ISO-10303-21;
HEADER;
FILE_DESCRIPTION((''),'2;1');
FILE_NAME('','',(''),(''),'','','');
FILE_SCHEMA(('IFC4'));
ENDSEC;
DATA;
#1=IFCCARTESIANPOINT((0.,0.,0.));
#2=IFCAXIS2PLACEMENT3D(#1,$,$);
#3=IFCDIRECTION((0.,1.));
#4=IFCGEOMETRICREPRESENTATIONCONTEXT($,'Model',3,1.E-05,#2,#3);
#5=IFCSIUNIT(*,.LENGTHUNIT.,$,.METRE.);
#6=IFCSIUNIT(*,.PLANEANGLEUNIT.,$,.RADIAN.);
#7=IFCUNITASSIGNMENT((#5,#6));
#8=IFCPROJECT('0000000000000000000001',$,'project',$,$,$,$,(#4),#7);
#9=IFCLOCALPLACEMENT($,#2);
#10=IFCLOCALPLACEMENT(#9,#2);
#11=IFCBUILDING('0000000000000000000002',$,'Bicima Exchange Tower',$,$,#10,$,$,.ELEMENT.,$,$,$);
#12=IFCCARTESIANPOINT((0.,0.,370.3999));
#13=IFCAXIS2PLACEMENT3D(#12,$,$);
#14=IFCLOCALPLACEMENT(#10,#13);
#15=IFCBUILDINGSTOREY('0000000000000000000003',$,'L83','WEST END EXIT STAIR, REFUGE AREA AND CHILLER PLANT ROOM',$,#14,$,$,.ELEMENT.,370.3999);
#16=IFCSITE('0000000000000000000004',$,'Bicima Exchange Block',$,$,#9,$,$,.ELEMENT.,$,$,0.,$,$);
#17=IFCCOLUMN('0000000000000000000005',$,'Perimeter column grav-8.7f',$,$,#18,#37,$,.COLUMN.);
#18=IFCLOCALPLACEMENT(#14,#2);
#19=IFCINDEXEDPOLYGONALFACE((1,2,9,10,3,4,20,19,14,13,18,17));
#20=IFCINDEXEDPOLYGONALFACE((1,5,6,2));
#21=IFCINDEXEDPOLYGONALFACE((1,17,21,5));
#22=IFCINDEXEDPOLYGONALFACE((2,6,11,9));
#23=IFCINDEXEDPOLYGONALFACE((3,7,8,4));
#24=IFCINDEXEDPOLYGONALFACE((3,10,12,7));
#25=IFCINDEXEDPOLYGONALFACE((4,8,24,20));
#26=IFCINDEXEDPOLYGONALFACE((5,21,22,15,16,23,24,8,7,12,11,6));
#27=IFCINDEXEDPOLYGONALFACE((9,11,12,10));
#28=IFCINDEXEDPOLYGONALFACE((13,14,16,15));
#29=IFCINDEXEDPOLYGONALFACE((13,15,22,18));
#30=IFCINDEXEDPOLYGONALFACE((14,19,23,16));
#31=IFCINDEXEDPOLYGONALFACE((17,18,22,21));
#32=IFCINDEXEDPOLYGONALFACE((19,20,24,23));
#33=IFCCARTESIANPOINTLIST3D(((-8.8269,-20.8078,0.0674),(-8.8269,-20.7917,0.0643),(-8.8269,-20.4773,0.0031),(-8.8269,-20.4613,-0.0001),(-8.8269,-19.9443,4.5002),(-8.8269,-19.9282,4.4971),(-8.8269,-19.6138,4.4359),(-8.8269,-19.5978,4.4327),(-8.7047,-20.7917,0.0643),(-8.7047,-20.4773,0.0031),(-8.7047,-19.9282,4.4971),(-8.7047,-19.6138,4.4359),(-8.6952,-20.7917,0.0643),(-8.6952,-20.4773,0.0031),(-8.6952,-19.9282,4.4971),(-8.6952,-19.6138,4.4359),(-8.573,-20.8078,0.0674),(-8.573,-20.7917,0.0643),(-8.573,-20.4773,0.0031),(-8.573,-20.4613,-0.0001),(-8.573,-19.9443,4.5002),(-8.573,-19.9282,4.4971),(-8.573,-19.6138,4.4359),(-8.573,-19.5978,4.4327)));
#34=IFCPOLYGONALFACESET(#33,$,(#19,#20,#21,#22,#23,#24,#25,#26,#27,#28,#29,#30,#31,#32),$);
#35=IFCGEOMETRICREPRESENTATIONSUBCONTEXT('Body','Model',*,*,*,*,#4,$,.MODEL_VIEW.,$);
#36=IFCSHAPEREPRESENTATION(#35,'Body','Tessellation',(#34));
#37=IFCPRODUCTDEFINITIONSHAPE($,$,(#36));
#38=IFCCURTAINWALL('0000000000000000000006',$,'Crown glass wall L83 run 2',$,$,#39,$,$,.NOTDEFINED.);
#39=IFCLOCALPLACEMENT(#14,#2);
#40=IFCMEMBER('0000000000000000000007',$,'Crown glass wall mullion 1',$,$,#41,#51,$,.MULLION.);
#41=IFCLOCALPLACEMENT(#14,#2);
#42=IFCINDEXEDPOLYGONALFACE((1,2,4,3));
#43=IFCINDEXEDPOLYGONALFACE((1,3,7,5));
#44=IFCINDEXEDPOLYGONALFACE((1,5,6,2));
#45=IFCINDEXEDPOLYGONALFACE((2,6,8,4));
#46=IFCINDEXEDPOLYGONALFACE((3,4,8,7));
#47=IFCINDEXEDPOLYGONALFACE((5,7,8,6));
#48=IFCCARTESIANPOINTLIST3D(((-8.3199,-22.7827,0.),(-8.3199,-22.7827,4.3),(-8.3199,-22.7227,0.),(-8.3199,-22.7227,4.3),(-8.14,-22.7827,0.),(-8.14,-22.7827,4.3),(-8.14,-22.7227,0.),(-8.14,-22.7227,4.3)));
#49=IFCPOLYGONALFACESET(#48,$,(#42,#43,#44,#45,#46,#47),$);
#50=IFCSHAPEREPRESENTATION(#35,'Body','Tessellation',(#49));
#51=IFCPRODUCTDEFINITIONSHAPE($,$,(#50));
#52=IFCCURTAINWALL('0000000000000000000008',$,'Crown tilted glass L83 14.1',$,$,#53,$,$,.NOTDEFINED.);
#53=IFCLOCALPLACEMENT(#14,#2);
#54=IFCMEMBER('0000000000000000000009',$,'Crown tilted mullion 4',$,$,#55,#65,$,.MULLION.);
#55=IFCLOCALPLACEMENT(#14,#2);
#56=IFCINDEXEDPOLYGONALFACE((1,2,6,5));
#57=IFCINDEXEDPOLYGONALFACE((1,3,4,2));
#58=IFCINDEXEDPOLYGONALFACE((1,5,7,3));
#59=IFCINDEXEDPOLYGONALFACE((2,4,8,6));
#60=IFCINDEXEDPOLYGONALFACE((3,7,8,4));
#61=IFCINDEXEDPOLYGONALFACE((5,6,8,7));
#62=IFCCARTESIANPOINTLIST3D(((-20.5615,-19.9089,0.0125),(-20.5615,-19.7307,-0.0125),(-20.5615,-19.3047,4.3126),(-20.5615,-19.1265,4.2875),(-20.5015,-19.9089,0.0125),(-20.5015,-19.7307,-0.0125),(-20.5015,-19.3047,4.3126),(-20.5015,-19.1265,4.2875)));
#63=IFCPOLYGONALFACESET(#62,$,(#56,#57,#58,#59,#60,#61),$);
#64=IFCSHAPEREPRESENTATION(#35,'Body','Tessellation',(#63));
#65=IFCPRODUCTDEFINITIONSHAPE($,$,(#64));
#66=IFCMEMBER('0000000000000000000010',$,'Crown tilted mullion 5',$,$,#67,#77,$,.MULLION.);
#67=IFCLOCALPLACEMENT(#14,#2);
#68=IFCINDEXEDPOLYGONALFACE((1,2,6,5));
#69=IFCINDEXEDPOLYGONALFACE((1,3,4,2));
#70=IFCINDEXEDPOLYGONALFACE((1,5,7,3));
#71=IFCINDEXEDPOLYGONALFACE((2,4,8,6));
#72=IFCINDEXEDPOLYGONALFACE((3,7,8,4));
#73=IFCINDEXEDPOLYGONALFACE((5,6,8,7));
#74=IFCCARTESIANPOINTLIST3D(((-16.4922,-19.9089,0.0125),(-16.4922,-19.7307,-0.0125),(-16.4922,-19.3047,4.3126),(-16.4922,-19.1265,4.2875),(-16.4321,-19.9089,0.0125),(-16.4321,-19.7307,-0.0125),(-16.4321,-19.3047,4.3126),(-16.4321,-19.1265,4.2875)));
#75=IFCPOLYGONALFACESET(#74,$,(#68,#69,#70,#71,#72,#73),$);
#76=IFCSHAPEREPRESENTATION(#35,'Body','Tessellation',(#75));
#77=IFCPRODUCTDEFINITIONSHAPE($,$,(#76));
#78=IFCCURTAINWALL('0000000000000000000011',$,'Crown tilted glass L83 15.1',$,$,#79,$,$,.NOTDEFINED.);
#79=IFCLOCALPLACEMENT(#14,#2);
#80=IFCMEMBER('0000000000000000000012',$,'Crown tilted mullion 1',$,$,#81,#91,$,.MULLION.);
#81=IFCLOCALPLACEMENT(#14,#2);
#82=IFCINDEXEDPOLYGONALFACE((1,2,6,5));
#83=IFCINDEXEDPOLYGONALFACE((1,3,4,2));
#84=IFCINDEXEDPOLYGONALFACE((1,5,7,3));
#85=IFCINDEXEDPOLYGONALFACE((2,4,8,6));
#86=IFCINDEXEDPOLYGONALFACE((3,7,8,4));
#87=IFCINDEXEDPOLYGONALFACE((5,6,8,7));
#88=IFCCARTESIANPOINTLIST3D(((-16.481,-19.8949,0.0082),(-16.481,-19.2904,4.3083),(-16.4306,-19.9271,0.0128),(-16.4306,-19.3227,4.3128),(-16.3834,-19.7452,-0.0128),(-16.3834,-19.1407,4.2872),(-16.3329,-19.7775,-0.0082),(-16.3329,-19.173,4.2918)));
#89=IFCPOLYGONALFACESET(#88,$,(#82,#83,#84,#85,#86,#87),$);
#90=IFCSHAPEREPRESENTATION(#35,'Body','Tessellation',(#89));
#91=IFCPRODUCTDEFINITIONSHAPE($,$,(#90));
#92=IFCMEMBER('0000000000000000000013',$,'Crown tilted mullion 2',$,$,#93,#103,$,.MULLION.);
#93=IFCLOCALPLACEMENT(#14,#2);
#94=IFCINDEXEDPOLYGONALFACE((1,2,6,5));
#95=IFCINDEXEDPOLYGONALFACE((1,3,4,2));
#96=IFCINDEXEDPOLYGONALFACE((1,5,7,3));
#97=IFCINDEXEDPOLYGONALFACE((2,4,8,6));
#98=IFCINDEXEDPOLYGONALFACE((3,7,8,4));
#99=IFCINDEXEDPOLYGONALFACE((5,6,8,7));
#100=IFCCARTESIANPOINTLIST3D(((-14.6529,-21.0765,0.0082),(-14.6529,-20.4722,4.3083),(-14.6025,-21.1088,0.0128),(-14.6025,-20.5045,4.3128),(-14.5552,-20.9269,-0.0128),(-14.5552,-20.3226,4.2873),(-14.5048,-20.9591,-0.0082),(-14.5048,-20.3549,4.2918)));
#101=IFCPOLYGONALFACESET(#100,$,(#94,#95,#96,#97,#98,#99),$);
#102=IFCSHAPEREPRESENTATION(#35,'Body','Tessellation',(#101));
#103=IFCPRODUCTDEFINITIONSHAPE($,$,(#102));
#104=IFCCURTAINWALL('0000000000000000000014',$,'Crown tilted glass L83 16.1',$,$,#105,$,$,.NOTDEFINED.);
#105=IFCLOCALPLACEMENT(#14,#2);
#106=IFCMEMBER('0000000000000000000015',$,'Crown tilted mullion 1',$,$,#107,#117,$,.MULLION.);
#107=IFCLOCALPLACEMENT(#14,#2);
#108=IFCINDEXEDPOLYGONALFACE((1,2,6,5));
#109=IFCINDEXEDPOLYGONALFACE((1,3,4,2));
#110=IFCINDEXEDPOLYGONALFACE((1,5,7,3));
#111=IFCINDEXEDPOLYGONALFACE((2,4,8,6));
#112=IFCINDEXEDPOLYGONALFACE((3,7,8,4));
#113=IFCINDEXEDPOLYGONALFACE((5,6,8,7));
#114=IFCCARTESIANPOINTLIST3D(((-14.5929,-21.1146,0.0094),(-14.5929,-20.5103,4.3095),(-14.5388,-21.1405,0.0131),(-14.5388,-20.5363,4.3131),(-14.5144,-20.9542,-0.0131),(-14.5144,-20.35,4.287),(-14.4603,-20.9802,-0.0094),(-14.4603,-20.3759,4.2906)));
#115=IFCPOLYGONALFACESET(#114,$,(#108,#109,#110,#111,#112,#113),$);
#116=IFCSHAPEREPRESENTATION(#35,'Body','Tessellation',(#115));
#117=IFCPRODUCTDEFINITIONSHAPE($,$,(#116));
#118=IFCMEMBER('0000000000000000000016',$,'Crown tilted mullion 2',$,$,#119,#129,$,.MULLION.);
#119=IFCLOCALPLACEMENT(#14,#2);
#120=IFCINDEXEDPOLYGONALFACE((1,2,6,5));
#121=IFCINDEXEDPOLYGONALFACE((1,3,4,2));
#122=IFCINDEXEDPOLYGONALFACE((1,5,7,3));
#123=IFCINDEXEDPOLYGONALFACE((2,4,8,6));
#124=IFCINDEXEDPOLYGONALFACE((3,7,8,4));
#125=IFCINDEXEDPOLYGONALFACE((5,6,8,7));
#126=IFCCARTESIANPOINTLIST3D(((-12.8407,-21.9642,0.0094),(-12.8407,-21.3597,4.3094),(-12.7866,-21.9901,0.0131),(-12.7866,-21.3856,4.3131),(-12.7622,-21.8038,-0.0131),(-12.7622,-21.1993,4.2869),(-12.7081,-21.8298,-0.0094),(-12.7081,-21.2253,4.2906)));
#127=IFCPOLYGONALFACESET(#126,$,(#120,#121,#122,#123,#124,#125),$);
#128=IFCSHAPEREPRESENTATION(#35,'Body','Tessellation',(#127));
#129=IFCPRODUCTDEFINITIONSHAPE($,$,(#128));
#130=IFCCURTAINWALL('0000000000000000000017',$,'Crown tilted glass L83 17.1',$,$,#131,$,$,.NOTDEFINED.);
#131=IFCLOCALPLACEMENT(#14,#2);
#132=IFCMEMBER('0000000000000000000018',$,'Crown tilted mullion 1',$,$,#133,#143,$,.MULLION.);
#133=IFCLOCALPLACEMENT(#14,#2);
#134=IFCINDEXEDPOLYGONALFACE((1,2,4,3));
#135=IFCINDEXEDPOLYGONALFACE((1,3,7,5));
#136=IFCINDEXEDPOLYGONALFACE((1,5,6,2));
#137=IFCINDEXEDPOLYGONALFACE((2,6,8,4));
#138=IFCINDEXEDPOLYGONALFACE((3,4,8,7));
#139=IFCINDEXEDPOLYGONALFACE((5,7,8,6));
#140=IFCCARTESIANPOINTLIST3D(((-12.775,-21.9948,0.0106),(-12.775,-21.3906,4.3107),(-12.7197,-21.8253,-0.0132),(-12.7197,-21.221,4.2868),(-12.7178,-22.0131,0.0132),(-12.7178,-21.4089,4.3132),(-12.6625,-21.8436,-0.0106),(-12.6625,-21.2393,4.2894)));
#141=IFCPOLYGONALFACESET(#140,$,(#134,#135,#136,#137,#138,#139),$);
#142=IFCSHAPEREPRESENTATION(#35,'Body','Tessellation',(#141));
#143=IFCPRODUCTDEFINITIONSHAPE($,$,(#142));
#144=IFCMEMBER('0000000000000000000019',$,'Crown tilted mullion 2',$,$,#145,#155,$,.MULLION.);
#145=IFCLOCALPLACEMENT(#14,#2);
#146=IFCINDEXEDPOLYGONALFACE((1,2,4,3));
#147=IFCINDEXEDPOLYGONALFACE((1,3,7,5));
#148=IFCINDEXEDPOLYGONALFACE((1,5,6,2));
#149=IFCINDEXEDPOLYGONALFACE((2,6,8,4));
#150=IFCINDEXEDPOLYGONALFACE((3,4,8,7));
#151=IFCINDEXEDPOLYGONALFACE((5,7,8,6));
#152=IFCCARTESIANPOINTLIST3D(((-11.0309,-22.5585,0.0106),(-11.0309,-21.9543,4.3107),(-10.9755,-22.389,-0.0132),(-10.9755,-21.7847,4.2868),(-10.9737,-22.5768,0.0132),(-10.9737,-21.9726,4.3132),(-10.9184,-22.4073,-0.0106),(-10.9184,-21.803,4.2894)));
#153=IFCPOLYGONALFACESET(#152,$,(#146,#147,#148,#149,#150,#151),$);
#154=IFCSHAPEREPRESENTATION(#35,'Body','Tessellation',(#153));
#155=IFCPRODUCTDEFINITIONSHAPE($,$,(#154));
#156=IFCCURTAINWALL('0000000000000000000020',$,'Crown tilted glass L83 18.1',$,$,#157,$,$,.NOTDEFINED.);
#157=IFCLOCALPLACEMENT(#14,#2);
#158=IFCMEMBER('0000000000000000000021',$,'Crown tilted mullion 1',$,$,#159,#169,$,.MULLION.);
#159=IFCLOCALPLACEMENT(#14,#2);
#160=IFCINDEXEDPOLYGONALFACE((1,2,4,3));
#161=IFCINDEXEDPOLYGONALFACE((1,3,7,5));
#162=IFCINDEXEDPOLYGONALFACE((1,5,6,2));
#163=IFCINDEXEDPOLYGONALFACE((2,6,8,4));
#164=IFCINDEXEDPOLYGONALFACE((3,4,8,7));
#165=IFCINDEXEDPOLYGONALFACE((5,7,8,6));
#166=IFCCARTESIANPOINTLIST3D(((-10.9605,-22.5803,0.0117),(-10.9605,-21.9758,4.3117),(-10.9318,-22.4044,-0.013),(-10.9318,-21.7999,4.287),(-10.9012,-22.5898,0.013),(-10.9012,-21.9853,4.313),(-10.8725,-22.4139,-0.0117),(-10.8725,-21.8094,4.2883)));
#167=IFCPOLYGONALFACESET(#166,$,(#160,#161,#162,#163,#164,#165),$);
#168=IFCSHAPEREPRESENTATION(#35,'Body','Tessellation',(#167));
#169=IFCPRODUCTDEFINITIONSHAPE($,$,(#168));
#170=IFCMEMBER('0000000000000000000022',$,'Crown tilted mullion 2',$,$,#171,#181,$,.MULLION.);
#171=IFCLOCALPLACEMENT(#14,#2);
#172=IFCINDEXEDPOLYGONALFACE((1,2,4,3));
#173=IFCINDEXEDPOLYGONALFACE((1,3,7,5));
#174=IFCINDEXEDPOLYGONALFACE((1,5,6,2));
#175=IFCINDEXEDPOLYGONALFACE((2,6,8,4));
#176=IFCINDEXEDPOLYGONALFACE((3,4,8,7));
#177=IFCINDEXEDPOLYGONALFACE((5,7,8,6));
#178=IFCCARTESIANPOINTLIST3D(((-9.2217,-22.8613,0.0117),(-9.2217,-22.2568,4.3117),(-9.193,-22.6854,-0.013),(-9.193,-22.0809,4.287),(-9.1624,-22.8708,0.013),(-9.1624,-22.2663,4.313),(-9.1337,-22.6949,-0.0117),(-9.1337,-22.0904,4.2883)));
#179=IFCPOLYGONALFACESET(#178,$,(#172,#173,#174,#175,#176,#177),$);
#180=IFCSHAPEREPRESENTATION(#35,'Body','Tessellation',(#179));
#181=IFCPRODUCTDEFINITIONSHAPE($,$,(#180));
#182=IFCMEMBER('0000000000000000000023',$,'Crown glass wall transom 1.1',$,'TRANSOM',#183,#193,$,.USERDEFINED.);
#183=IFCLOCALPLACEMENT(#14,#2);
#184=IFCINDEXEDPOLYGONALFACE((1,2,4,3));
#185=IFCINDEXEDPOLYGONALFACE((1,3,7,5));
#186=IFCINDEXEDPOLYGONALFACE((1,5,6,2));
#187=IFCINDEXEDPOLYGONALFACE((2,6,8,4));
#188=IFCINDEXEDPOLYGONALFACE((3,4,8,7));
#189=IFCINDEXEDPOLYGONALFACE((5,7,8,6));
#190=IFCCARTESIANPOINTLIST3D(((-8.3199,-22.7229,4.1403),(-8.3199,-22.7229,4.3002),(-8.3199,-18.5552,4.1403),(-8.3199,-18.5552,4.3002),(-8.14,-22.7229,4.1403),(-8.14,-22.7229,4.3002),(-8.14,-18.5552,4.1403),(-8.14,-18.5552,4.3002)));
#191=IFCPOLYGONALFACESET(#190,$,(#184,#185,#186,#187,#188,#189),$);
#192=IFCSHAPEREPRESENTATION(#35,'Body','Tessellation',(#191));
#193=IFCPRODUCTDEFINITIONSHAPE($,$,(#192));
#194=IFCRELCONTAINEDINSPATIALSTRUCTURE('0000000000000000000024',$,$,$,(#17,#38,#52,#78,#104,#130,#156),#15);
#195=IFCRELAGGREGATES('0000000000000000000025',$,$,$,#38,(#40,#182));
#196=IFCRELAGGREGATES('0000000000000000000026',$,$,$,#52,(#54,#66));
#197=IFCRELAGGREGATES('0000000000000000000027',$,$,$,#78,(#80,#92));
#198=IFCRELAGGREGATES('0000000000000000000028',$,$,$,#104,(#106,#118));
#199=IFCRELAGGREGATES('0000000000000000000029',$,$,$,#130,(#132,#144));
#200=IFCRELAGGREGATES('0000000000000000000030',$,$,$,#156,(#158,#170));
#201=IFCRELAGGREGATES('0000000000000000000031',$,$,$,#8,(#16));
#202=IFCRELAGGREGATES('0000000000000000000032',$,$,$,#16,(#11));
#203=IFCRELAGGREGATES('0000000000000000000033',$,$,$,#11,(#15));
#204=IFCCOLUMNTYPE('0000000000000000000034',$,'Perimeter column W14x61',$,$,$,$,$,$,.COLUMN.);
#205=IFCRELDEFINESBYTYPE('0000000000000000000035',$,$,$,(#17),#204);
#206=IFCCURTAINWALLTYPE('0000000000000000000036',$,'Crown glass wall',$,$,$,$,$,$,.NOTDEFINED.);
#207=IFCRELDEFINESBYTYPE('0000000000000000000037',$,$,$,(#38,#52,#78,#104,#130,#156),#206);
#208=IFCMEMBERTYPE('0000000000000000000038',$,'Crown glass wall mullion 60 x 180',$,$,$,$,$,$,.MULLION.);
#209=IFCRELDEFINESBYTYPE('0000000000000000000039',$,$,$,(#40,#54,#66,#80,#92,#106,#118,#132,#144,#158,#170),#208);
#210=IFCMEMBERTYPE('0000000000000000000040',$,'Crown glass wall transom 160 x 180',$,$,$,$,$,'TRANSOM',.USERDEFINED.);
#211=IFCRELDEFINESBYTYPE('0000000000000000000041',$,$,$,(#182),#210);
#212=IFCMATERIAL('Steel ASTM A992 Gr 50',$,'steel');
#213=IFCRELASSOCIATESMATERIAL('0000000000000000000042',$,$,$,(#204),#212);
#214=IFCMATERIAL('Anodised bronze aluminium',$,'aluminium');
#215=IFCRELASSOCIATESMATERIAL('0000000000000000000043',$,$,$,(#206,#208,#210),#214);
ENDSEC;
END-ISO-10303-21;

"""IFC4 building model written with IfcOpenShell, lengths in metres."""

from ifc_helpers import new_model, si_unit, direction, frame, origin, origin_2d, place, context, subcontext, project, spatial, rectangle, i_section, extrude, material, material_profile, profile_set, type_object, element, aggregate, save


model = new_model("IFC4")

# Units and contexts
model_context = context("Model", 3, precision=1e-05, world=origin(), true_north=direction((0.0, 1.0)))
body_context = subcontext(model_context, "Body", "Model", "MODEL_VIEW")
ifc_project = project(units=[si_unit("LENGTHUNIT", "METRE"), si_unit("PLANEANGLEUNIT", "RADIAN")], contexts=[model_context])

# Site, building, storey
site_placement = place(None, origin())
site = spatial("IfcSite", under=ifc_project, at=site_placement, Name="Bicima Exchange Block", CompositionType="ELEMENT", RefElevation=0.0)
building_placement = place(site_placement, origin())
building = spatial("IfcBuilding", under=site, at=building_placement, Name="Bicima Exchange Tower", CompositionType="ELEMENT")
storey_placement = place(building_placement, frame((0.0, 0.0, 370.3999)))
storey = spatial("IfcBuildingStorey", under=building, at=storey_placement, Name="L83", Description="WEST END EXIT STAIR, REFUGE AREA AND CHILLER PLANT ROOM", CompositionType="ELEMENT", Elevation=370.3999)

# Column
ifc_material_1 = material(Name="Steel ASTM A992 Gr 50", Category="steel")
ifc_material_profile_1 = material_profile(ifc_material_1, i_section(OverallWidth=0.2539, OverallDepth=0.353, WebThickness=0.0095, FlangeThickness=0.0164, at=origin_2d()))
ifc_profile_set_1 = profile_set([ifc_material_profile_1], Name="Steel ASTM A992 Gr 50")
column_type = type_object("IfcColumnType", Name="Perimeter column W14x61", PredefinedType="COLUMN", material=ifc_profile_set_1)
column_placement = place(storey_placement, frame((-8.7, -20.6345, 0.0337), z_axis=(0.0, 0.191207, 0.98155), x_axis=(-1.0, 0.0, 0.0)))
element("IfcColumn", 1, at=column_placement, inside=storey, type_object=column_type, Name="Perimeter column grav-8.7f", PredefinedType="COLUMN", context=body_context, shape_type="SweptSolid", body=[
    extrude(i_section(OverallWidth=0.2539, OverallDepth=0.353, WebThickness=0.0095, FlangeThickness=0.0164, at=origin_2d()), origin(), (0.0, 0.0, 1.0), 4.5161),
])

# Curtain wall, member
ifc_material_2 = material(Name="Anodised bronze aluminium", Category="aluminium")
curtain_wall_type = type_object("IfcCurtainWallType", Name="Crown glass wall", PredefinedType="NOTDEFINED", material=ifc_material_2)
curtain_wall_1_placement = place(storey_placement, origin())
curtain_wall_1 = element("IfcCurtainWall", 2, at=curtain_wall_1_placement, inside=storey, type_object=curtain_wall_type, Name="Crown glass wall L83 run 2", PredefinedType="NOTDEFINED")
ifc_material_profile_2 = material_profile(ifc_material_2, rectangle(XDim=0.1799, YDim=0.0601, at=origin_2d()))
ifc_profile_set_2 = profile_set([ifc_material_profile_2], Name="Anodised bronze aluminium")
member_type_1 = type_object("IfcMemberType", Name="Crown glass wall mullion 60 x 180", PredefinedType="MULLION", material=ifc_profile_set_2)
member_1_placement = place(storey_placement, frame((-8.23, -22.7527, 0.0), z_axis=(0.0, 0.0, 1.0), x_axis=(-1.0, 0.0, 0.0)))
member_1 = element("IfcMember", 3, at=member_1_placement, type_object=member_type_1, Name="Crown glass wall mullion 1", PredefinedType="MULLION", context=body_context, shape_type="SweptSolid", body=[
    extrude(rectangle(XDim=0.1799, YDim=0.0601, at=origin_2d()), origin(), (0.0, 0.0, 1.0), 4.3),
])

# Curtain walls, members
curtain_wall_2_placement = place(storey_placement, origin())
curtain_wall_2 = element("IfcCurtainWall", 4, at=curtain_wall_2_placement, inside=storey, type_object=curtain_wall_type, Name="Crown tilted glass L83 14.1", PredefinedType="NOTDEFINED")
member_2_placement = place(storey_placement, frame((-20.5315, -19.8198, 0.0), z_axis=(0.0, 0.139154, 0.990271), x_axis=(0.0, -0.990271, 0.139154)))
member_2 = element("IfcMember", 5, at=member_2_placement, type_object=member_type_1, Name="Crown tilted mullion 4", PredefinedType="MULLION", context=body_context, shape_type="SweptSolid", body=[
    extrude(rectangle(XDim=0.1799, YDim=0.0601, at=origin_2d()), origin(), (0.0, 0.0, 1.0), 4.3423),
])
member_3_placement = place(storey_placement, frame((-16.4622, -19.8198, 0.0), z_axis=(0.0, 0.139154, 0.990271), x_axis=(0.0, -0.990271, 0.139154)))
member_3 = element("IfcMember", 6, at=member_3_placement, type_object=member_type_1, Name="Crown tilted mullion 5", PredefinedType="MULLION", context=body_context, shape_type="SweptSolid", body=[
    extrude(rectangle(XDim=0.1799, YDim=0.0601, at=origin_2d()), origin(), (0.0, 0.0, 1.0), 4.3423),
])
curtain_wall_3_placement = place(storey_placement, origin())
curtain_wall_3 = element("IfcCurtainWall", 7, at=curtain_wall_3_placement, inside=storey, type_object=curtain_wall_type, Name="Crown tilted glass L83 15.1", PredefinedType="NOTDEFINED")
member_4_placement = place(storey_placement, frame((-16.407, -19.8362, 0.0), z_axis=(0.0, 0.139209, 0.990263), x_axis=(-0.542911, -0.831613, 0.116907)))
member_4 = element("IfcMember", 8, at=member_4_placement, type_object=member_type_1, Name="Crown tilted mullion 1", PredefinedType="MULLION", context=body_context, shape_type="SweptSolid", body=[
    extrude(rectangle(XDim=0.1799, YDim=0.0601, at=origin_2d()), origin(), (0.0, 0.0, 1.0), 4.3423),
])
member_5_placement = place(storey_placement, frame((-14.5789, -21.0178, 0.0), z_axis=(0.0, 0.139154, 0.990271), x_axis=(-0.542911, -0.83162, 0.11686)))
member_5 = element("IfcMember", 9, at=member_5_placement, type_object=member_type_1, Name="Crown tilted mullion 2", PredefinedType="MULLION", context=body_context, shape_type="SweptSolid", body=[
    extrude(rectangle(XDim=0.1799, YDim=0.0601, at=origin_2d()), origin(), (0.0, 0.0, 1.0), 4.3423),
])
curtain_wall_4_placement = place(storey_placement, origin())
curtain_wall_4 = element("IfcCurtainWall", 10, at=curtain_wall_4_placement, inside=storey, type_object=curtain_wall_type, Name="Crown tilted glass L83 16.1", PredefinedType="NOTDEFINED")
member_6_placement = place(storey_placement, frame((-14.5266, -21.0474, 0.0), z_axis=(0.0, 0.139154, 0.990271), x_axis=(-0.436265, -0.891064, 0.125213)))
member_6 = element("IfcMember", 11, at=member_6_placement, type_object=member_type_1, Name="Crown tilted mullion 1", PredefinedType="MULLION", context=body_context, shape_type="SweptSolid", body=[
    extrude(rectangle(XDim=0.1799, YDim=0.0601, at=origin_2d()), origin(), (0.0, 0.0, 1.0), 4.3423),
])
member_7_placement = place(storey_placement, frame((-12.7744, -21.897, 0.0), z_axis=(0.0, 0.139209, 0.990263), x_axis=(-0.436265, -0.891057, 0.125263)))
member_7 = element("IfcMember", 12, at=member_7_placement, type_object=member_type_1, Name="Crown tilted mullion 2", PredefinedType="MULLION", context=body_context, shape_type="SweptSolid", body=[
    extrude(rectangle(XDim=0.1799, YDim=0.0601, at=origin_2d()), origin(), (0.0, 0.0, 1.0), 4.3423),
])
curtain_wall_5_placement = place(storey_placement, origin())
curtain_wall_5 = element("IfcCurtainWall", 13, at=curtain_wall_5_placement, inside=storey, type_object=curtain_wall_type, Name="Crown tilted glass L83 17.1", PredefinedType="NOTDEFINED")
member_8_placement = place(storey_placement, frame((-12.7188, -21.9192, 0.0), z_axis=(0.0, 0.139154, 0.990271), x_axis=(-0.307573, -0.942267, 0.132408)))
member_8 = element("IfcMember", 14, at=member_8_placement, type_object=member_type_1, Name="Crown tilted mullion 1", PredefinedType="MULLION", context=body_context, shape_type="SweptSolid", body=[
    extrude(rectangle(XDim=0.1799, YDim=0.0601, at=origin_2d()), origin(), (0.0, 0.0, 1.0), 4.3423),
])
member_9_placement = place(storey_placement, frame((-10.9746, -22.4829, 0.0), z_axis=(0.0, 0.139154, 0.990271), x_axis=(-0.307573, -0.942267, 0.132408)))
member_9 = element("IfcMember", 15, at=member_9_placement, type_object=member_type_1, Name="Crown tilted mullion 2", PredefinedType="MULLION", context=body_context, shape_type="SweptSolid", body=[
    extrude(rectangle(XDim=0.1799, YDim=0.0601, at=origin_2d()), origin(), (0.0, 0.0, 1.0), 4.3423),
])
curtain_wall_6_placement = place(storey_placement, origin())
curtain_wall_6 = element("IfcCurtainWall", 16, at=curtain_wall_6_placement, inside=storey, type_object=curtain_wall_type, Name="Crown tilted glass L83 18.1", PredefinedType="NOTDEFINED")
member_10_placement = place(storey_placement, frame((-10.9165, -22.4971, 0.0), z_axis=(0.0, 0.139209, 0.990263), x_axis=(-0.15955, -0.977578, 0.137426)))
member_10 = element("IfcMember", 17, at=member_10_placement, type_object=member_type_1, Name="Crown tilted mullion 1", PredefinedType="MULLION", context=body_context, shape_type="SweptSolid", body=[
    extrude(rectangle(XDim=0.1799, YDim=0.0601, at=origin_2d()), origin(), (0.0, 0.0, 1.0), 4.3423),
])
member_11_placement = place(storey_placement, frame((-9.1777, -22.7781, 0.0), z_axis=(0.0, 0.139209, 0.990263), x_axis=(-0.15955, -0.977578, 0.137426)))
member_11 = element("IfcMember", 18, at=member_11_placement, type_object=member_type_1, Name="Crown tilted mullion 2", PredefinedType="MULLION", context=body_context, shape_type="SweptSolid", body=[
    extrude(rectangle(XDim=0.1799, YDim=0.0601, at=origin_2d()), origin(), (0.0, 0.0, 1.0), 4.3423),
])

# Member
ifc_material_profile_3 = material_profile(ifc_material_2, rectangle(XDim=0.1799, YDim=0.1599, at=origin_2d()))
ifc_profile_set_3 = profile_set([ifc_material_profile_3], Name="Anodised bronze aluminium")
member_type_2 = type_object("IfcMemberType", Name="Crown glass wall transom 160 x 180", ElementType="TRANSOM", PredefinedType="USERDEFINED", material=ifc_profile_set_3)
member_12_placement = place(storey_placement, frame((-8.23, -22.7229, 4.2202), z_axis=(0.0, 1.0, 0.0), x_axis=(-1.0, 0.0, 0.0)))
member_12 = element("IfcMember", 19, at=member_12_placement, type_object=member_type_2, Name="Crown glass wall transom 1.1", ObjectType="TRANSOM", PredefinedType="USERDEFINED", context=body_context, shape_type="SweptSolid", body=[
    extrude(rectangle(XDim=0.1799, YDim=0.1599, at=origin_2d()), origin(), (0.0, 0.0, 1.0), 4.1677),
])

aggregate(curtain_wall_1, [member_1, member_12])
aggregate(curtain_wall_2, [member_2, member_3])
aggregate(curtain_wall_3, [member_4, member_5])
aggregate(curtain_wall_4, [member_6, member_7])
aggregate(curtain_wall_5, [member_8, member_9])
aggregate(curtain_wall_6, [member_10, member_11])

save(model, "model.ifc")
